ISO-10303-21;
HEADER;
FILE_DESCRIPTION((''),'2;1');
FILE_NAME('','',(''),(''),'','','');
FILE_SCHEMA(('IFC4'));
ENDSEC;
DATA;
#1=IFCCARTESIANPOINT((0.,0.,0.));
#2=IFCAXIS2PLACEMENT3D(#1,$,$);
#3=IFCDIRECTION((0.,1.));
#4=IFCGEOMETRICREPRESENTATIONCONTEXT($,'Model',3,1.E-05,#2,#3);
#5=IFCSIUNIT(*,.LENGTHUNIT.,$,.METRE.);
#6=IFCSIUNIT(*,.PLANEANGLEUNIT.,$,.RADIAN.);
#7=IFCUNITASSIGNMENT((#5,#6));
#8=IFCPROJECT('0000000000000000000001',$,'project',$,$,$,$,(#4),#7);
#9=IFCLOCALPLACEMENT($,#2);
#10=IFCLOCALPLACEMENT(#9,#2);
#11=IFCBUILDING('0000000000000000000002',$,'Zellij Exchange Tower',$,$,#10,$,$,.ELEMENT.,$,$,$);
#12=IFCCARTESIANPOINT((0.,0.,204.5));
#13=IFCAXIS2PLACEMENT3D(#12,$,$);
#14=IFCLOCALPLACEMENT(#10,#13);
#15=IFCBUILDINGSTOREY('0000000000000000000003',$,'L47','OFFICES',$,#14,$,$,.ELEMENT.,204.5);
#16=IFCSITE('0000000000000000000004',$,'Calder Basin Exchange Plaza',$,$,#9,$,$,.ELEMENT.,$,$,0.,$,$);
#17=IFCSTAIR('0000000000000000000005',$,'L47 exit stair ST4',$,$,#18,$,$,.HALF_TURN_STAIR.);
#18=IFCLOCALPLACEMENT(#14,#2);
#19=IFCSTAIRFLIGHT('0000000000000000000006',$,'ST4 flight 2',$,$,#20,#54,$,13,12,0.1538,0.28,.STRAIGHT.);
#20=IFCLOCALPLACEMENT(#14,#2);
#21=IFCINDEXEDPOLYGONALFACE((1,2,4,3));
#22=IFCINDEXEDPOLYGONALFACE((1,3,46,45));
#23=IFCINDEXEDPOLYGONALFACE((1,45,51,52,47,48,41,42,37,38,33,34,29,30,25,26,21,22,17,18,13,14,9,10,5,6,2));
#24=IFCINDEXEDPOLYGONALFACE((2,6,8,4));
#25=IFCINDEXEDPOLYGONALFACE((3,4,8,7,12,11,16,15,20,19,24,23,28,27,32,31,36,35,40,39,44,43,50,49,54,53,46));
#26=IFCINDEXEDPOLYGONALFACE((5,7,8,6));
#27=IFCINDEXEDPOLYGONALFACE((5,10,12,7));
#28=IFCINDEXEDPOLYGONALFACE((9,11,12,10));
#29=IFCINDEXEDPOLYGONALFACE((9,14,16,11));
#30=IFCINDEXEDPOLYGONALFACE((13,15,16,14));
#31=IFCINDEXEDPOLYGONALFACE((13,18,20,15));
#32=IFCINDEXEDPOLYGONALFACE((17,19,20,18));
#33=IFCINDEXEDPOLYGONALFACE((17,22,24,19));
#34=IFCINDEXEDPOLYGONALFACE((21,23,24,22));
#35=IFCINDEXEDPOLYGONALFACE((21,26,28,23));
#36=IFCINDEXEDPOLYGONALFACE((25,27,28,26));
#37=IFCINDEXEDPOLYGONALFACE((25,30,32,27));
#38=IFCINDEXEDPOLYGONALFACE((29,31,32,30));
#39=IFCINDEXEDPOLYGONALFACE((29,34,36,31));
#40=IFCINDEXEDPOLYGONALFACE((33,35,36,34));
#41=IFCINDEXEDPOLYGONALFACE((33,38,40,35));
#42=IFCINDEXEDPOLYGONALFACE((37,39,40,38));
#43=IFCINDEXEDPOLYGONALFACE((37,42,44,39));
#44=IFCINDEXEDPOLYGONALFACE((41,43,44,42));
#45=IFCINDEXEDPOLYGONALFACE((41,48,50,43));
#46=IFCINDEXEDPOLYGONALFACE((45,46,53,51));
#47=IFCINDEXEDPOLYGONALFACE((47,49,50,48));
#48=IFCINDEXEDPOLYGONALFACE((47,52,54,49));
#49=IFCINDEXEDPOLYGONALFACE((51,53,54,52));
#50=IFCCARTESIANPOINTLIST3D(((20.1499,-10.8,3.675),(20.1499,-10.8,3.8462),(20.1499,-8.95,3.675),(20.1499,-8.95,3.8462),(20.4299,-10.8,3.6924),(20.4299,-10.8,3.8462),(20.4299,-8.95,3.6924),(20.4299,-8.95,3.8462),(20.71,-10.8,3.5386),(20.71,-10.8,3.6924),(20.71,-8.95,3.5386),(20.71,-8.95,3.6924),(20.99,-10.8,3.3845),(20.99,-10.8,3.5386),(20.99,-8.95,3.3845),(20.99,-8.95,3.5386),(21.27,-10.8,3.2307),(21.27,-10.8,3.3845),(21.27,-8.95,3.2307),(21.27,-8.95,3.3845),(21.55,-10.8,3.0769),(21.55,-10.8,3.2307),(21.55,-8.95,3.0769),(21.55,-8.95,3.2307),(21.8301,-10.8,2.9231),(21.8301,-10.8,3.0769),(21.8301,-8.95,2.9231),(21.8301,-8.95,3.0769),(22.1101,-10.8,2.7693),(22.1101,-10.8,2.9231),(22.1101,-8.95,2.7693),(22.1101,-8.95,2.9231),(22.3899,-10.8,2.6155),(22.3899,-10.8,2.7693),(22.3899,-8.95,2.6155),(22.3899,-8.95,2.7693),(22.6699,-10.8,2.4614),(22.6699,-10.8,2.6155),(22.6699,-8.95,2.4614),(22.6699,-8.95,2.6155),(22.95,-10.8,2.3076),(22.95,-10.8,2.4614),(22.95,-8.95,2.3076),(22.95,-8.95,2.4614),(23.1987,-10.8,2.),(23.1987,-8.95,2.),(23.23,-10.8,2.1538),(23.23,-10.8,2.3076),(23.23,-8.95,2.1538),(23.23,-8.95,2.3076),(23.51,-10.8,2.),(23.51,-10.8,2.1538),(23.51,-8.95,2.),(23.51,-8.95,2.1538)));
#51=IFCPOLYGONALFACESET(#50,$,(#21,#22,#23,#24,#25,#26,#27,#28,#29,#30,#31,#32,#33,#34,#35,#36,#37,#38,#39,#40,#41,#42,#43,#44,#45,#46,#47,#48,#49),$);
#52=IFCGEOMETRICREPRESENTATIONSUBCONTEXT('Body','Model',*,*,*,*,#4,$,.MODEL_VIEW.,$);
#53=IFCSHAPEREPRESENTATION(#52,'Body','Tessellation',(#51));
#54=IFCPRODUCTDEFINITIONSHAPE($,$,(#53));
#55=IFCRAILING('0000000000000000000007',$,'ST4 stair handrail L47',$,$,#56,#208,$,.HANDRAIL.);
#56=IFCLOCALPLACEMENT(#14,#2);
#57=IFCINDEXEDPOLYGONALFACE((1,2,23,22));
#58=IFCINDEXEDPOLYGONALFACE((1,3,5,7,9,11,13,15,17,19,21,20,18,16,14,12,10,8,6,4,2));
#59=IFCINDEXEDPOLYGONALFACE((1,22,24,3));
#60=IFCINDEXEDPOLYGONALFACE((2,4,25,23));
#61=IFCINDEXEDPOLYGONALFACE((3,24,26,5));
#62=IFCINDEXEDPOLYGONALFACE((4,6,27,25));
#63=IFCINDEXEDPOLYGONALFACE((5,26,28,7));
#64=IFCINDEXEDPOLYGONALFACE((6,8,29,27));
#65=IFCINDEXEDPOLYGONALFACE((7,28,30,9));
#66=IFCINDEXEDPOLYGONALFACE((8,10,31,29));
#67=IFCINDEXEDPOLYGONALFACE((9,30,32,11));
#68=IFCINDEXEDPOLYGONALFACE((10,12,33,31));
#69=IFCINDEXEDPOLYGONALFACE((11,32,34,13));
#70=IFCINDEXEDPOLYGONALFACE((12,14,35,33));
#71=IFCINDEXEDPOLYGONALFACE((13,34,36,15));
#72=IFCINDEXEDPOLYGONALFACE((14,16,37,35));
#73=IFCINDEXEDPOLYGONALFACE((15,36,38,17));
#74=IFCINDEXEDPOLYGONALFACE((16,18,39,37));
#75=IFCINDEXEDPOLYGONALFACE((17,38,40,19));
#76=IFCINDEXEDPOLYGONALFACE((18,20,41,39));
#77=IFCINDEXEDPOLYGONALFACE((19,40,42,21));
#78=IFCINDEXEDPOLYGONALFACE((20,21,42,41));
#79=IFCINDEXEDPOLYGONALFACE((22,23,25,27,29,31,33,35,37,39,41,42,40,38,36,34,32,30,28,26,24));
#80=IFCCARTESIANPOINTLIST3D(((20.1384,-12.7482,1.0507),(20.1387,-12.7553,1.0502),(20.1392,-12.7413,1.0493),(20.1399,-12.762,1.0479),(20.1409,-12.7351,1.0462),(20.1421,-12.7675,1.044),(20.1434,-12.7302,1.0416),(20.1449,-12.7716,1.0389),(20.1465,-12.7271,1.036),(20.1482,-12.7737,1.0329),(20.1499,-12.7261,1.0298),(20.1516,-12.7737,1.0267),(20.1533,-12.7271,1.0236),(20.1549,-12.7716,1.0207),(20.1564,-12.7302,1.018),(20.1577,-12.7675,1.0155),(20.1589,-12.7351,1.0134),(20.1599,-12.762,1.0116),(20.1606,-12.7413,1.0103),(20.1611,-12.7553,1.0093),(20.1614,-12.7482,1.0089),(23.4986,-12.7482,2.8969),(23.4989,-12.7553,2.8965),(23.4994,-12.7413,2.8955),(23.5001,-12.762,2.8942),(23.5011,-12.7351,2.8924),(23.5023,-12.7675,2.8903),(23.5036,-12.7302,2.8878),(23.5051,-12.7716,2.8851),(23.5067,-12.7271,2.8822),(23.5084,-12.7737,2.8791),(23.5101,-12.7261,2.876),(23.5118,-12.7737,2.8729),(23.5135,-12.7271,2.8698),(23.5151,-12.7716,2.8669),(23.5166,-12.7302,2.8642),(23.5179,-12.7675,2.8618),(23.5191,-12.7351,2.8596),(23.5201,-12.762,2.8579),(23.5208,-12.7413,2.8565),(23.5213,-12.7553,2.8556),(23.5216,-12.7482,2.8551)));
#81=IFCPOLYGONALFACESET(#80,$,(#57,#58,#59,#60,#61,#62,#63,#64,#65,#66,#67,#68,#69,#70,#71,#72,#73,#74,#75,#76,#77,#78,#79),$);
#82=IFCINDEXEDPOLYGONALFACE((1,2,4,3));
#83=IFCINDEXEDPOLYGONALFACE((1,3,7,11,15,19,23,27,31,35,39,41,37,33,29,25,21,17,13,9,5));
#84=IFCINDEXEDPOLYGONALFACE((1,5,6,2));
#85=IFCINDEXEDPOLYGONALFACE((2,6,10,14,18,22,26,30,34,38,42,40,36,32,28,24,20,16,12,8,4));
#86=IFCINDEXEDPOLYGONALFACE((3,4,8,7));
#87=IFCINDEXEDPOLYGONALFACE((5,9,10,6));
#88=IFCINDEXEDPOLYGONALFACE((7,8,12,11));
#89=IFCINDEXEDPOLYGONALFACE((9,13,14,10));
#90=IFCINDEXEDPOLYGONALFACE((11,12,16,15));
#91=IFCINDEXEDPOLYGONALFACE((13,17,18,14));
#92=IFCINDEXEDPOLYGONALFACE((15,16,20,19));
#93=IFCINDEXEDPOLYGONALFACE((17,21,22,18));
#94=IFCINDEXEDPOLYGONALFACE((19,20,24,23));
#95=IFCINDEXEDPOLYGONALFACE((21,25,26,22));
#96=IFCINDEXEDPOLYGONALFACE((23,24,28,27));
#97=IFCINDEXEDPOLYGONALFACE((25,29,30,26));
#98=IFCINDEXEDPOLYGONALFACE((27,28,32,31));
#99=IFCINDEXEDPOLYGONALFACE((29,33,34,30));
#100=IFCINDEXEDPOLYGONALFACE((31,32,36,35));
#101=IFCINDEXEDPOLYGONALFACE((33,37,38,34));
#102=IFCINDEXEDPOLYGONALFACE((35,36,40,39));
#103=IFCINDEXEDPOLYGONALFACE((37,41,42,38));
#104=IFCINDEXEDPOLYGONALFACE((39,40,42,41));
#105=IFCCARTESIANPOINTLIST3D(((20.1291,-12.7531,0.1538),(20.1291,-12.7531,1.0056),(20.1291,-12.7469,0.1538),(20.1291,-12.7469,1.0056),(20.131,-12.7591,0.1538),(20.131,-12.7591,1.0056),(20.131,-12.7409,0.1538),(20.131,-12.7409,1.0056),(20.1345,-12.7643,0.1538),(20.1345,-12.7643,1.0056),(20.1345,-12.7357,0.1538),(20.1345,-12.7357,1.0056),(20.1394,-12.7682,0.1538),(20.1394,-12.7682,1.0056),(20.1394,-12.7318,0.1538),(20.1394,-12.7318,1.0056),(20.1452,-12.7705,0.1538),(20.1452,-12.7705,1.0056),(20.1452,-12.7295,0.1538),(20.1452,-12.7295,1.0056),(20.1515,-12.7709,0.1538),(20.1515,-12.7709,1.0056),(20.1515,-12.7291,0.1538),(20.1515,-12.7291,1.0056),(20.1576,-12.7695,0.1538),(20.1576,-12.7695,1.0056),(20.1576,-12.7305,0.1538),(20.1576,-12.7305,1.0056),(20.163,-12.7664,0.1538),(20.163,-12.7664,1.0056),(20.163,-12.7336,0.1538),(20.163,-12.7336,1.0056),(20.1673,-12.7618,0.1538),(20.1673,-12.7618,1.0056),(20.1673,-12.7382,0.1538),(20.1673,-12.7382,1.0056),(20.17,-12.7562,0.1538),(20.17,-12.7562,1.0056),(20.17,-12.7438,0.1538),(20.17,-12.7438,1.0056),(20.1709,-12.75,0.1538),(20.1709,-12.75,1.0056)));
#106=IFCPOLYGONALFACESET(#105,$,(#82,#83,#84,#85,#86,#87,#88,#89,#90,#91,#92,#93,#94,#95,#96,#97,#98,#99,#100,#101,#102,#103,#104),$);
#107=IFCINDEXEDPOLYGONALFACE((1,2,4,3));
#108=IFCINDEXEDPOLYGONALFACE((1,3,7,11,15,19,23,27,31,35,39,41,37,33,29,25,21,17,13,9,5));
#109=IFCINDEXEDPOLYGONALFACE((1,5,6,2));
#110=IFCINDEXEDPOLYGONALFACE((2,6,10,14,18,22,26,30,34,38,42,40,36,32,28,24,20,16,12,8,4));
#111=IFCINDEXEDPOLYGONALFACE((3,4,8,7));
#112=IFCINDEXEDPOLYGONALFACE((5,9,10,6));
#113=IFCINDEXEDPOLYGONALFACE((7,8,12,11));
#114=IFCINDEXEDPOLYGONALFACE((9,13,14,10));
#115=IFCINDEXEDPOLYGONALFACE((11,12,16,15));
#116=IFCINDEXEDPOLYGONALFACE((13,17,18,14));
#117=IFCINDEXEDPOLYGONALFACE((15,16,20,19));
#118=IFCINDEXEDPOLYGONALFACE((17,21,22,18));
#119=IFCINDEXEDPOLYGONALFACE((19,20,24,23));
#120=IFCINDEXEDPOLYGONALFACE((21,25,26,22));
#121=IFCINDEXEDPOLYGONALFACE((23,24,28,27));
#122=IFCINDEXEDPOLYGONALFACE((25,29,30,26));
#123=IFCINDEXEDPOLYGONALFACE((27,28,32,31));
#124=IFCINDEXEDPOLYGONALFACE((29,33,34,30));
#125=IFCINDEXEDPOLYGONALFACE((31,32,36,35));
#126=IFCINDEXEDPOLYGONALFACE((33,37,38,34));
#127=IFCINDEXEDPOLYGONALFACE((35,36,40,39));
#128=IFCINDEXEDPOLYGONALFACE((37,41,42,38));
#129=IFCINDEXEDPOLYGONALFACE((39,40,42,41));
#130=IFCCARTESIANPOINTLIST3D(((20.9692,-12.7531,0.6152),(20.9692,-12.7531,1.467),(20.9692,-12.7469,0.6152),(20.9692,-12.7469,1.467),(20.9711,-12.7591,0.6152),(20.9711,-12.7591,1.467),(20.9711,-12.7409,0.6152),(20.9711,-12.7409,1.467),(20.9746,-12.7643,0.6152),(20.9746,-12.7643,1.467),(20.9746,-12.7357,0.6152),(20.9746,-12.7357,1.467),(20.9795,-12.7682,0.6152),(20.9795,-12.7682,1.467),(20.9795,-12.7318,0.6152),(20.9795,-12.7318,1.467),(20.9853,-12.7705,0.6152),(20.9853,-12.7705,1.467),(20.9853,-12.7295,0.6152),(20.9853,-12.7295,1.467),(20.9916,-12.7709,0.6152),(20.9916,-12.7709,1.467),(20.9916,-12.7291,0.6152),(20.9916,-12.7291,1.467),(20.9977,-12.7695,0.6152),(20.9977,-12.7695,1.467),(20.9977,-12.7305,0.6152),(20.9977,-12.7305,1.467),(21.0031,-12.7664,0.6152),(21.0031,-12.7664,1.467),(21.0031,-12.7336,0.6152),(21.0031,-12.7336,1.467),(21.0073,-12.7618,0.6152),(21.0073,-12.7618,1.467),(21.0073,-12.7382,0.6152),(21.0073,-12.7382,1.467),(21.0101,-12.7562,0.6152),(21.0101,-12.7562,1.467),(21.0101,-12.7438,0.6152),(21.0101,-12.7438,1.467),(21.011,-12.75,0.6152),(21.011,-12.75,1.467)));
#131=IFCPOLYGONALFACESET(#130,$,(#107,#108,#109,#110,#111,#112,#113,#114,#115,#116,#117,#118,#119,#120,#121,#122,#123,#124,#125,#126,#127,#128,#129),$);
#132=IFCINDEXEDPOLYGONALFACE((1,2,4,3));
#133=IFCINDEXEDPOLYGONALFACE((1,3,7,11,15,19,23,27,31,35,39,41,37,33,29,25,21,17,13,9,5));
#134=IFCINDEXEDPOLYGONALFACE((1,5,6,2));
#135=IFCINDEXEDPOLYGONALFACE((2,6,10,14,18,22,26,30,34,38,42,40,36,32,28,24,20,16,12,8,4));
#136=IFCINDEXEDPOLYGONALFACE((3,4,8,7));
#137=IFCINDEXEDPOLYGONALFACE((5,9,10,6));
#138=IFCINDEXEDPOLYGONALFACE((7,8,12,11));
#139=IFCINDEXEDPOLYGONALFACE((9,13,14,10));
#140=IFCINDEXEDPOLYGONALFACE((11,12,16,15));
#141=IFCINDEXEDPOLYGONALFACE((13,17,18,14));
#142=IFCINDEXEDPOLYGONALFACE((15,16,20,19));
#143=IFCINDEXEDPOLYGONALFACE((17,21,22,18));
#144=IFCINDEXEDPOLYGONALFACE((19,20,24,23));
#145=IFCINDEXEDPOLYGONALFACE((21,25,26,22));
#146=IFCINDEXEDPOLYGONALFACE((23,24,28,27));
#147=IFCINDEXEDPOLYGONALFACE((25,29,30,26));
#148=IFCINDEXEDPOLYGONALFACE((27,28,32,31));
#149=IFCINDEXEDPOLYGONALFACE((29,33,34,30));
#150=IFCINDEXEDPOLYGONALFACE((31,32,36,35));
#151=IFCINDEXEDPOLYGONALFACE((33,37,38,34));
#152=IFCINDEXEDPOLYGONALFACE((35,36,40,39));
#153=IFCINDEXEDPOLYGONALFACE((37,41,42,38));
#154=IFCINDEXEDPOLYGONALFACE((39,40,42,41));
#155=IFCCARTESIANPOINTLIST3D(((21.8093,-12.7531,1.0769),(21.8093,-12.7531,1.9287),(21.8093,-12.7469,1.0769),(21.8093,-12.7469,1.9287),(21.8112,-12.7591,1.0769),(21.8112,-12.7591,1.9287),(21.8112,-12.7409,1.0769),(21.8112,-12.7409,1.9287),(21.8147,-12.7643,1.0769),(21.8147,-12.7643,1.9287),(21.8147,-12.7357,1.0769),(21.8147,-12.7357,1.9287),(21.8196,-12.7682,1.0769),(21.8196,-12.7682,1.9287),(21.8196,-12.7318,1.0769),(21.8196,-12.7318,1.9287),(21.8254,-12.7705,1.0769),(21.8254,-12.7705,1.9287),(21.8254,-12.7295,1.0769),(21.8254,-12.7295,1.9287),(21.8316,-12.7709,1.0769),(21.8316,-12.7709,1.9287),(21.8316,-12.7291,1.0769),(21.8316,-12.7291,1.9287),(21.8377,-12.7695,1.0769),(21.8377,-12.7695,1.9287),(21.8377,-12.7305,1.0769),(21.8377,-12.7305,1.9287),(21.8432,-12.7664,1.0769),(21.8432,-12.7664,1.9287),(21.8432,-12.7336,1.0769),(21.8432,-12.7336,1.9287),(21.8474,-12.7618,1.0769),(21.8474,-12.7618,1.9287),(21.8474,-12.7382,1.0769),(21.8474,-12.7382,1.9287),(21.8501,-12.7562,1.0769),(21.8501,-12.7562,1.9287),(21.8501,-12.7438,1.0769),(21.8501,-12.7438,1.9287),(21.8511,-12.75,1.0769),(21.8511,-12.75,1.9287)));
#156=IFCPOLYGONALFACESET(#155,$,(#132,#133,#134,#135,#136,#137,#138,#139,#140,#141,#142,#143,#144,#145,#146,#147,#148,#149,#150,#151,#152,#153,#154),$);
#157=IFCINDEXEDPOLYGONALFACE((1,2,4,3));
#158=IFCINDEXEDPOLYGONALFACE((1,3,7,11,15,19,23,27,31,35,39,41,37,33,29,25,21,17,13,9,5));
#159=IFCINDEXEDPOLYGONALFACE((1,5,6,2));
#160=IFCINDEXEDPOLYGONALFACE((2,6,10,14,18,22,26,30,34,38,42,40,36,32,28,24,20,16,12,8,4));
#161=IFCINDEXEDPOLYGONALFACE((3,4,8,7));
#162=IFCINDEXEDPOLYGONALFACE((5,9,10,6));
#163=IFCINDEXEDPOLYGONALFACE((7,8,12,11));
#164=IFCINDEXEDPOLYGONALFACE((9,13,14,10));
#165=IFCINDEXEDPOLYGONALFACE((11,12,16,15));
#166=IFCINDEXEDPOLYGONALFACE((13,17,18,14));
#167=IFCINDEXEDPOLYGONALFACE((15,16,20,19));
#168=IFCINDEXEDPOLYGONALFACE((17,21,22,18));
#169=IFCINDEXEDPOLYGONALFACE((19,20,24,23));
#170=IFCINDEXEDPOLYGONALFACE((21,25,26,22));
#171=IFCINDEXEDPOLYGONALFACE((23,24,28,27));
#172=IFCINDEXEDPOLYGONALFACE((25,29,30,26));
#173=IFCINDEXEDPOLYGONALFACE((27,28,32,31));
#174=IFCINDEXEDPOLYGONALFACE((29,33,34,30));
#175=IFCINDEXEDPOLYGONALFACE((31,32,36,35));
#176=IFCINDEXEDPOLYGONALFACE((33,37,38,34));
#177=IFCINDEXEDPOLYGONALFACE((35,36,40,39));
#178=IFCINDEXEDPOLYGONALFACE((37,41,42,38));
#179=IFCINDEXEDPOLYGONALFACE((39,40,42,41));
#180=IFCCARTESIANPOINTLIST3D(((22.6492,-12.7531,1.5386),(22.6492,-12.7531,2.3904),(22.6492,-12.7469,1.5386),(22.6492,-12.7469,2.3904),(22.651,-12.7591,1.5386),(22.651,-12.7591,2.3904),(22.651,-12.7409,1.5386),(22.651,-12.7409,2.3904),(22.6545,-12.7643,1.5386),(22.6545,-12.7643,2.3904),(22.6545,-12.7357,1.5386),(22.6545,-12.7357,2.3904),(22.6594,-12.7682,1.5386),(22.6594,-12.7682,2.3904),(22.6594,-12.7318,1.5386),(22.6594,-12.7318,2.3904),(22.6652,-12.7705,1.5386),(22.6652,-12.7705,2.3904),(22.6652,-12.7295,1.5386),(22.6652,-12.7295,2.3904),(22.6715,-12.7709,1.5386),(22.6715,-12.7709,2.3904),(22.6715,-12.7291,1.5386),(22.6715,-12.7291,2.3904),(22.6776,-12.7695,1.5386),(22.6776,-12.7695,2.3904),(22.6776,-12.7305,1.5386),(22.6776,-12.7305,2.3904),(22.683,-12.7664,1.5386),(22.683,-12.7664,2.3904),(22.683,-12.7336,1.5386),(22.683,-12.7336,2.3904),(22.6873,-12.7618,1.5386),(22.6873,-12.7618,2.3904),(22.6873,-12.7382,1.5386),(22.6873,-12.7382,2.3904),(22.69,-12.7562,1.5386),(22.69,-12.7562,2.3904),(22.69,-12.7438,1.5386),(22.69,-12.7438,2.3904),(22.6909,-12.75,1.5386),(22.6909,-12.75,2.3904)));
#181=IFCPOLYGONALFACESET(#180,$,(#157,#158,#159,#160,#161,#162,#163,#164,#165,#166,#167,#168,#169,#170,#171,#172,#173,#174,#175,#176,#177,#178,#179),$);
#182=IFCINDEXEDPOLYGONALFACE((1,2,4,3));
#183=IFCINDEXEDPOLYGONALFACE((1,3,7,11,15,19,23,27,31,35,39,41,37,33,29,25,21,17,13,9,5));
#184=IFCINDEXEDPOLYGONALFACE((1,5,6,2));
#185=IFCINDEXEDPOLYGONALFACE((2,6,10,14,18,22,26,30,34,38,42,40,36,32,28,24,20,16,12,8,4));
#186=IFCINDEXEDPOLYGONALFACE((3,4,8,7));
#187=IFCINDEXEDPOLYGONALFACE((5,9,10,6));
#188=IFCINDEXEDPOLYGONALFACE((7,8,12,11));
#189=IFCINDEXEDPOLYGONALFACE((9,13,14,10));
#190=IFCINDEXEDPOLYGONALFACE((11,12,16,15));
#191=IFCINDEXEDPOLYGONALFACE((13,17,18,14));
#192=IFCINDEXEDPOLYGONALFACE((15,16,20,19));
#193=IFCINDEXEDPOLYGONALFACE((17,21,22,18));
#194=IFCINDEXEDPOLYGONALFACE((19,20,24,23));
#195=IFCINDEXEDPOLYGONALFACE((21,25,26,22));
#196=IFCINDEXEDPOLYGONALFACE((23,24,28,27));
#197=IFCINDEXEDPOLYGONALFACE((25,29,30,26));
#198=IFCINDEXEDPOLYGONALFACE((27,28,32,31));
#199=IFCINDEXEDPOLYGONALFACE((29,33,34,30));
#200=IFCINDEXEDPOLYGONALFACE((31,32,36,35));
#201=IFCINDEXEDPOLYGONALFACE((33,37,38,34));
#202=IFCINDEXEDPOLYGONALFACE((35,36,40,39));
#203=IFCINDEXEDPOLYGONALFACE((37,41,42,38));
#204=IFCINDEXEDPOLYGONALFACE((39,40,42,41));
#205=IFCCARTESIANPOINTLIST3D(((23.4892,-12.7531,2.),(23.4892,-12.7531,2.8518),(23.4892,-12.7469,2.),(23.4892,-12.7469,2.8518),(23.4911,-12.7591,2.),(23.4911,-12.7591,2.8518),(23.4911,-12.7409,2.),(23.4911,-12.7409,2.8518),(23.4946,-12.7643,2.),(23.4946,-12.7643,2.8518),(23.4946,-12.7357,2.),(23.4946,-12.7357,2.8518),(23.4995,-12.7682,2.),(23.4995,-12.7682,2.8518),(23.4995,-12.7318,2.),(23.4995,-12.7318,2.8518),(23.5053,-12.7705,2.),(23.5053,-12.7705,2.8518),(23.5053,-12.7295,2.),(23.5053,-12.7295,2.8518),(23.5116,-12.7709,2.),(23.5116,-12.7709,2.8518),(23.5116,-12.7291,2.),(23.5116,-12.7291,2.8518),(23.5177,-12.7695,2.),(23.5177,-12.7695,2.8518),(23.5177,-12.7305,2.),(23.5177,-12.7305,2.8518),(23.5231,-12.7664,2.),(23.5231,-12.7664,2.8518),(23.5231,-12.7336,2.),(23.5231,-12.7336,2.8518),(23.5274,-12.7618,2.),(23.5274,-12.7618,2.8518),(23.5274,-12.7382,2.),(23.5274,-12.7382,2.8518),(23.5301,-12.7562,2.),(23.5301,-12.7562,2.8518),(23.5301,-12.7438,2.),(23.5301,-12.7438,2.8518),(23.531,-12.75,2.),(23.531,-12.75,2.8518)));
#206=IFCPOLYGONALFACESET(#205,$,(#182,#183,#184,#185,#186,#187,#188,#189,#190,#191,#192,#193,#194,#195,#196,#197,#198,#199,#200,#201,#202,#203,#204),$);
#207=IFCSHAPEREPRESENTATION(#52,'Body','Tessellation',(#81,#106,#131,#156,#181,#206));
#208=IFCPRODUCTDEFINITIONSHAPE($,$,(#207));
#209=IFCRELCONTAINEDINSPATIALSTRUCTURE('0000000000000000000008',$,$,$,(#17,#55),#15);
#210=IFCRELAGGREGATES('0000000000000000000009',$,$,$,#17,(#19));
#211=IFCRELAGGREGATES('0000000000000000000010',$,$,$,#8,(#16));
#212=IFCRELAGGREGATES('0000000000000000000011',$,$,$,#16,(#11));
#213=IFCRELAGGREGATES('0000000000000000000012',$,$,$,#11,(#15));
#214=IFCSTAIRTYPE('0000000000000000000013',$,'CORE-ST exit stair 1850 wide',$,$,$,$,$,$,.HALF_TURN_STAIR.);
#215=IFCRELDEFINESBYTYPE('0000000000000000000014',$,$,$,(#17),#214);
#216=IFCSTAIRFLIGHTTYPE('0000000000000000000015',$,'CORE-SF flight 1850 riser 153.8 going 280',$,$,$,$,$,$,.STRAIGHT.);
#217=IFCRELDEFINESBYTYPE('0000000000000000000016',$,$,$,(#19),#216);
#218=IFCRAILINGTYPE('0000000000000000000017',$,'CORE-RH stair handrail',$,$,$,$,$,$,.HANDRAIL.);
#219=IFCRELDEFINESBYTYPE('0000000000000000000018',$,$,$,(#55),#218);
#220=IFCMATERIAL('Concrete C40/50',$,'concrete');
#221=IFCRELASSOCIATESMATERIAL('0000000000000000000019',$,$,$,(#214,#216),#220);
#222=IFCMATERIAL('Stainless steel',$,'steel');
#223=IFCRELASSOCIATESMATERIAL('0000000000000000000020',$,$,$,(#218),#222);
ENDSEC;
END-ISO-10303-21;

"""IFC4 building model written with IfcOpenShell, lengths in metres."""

from ifc_helpers import new_model, si_unit, direction, frame, origin, origin_2d, place, context, subcontext, project, spatial, polyline, circle, outline, extrude, material, type_object, element, aggregate, save


model = new_model("IFC4")

# Units and contexts
model_context = context("Model", 3, precision=1e-05, world=origin(), true_north=direction((0.0, 1.0)))
body_context = subcontext(model_context, "Body", "Model", "MODEL_VIEW")
ifc_project = project(units=[si_unit("LENGTHUNIT", "METRE"), si_unit("PLANEANGLEUNIT", "RADIAN")], contexts=[model_context])

# Site, building, storey
site_placement = place(None, origin())
site = spatial("IfcSite", under=ifc_project, at=site_placement, Name="Calder Basin Exchange Plaza", CompositionType="ELEMENT", RefElevation=0.0)
building_placement = place(site_placement, origin())
building = spatial("IfcBuilding", under=site, at=building_placement, Name="Zellij Exchange Tower", CompositionType="ELEMENT")
storey_placement = place(building_placement, frame((0.0, 0.0, 204.5)))
storey = spatial("IfcBuildingStorey", under=building, at=storey_placement, Name="L47", Description="OFFICES", CompositionType="ELEMENT", Elevation=204.5)

# Stair, stair flight
ifc_material_1 = material(Name="Concrete C40/50", Category="concrete")
stair_type = type_object("IfcStairType", Name="CORE-ST exit stair 1850 wide", PredefinedType="HALF_TURN_STAIR", material=ifc_material_1)
stair_placement = place(storey_placement, origin())
stair = element("IfcStair", 1, at=stair_placement, inside=storey, type_object=stair_type, Name="L47 exit stair ST4", PredefinedType="HALF_TURN_STAIR")
stair_flight_type = type_object("IfcStairFlightType", Name="CORE-SF flight 1850 riser 153.8 going 280", PredefinedType="STRAIGHT", material=ifc_material_1)
stair_flight_1_placement = place(storey_placement, frame((23.51, -9.875, 2.0), z_axis=(0.0, 0.0, 1.0), x_axis=(-1.0, 0.0, 0.0)))
stair_flight_1 = element("IfcStairFlight", 2, at=stair_flight_1_placement, type_object=stair_flight_type, Name="ST4 flight 2", NumberOfRisers=13, NumberOfTreads=12, PredefinedType="STRAIGHT", RiserHeight=0.1538, TreadLength=0.28, context=body_context, shape_type="SweptSolid", body=[
    extrude(outline(polyline([(0.0, 0.0), (0.0, 0.1538), (0.28, 0.1538), (0.28, 0.3076), (0.5601, 0.3076), (0.5601, 0.4614), (0.8401, 0.4614), (0.8401, 0.6155), (1.1201, 0.6155), (1.1201, 0.7693), (1.3999, 0.7693), (1.3999, 0.9231), (1.6799, 0.9231), (1.6799, 1.0769), (1.96, 1.0769), (1.96, 1.2307), (2.24, 1.2307), (2.24, 1.3845), (2.52, 1.3845), (2.52, 1.5386), (2.8, 1.5386), (2.8, 1.6924), (3.0801, 1.6924), (3.0801, 1.8462), (3.3601, 1.8462), (3.3601, 2.0), (3.3601, 1.675), (0.3113, 0.0), (0.0, 0.0)])), frame((0.0, 0.925, 0.0), z_axis=(0.0, -1.0, 0.0), x_axis=(1.0, 0.0, 0.0)), (0.0, 0.0, 1.0), 1.8501),
])
aggregate(stair, [stair_flight_1])

# Railing
ifc_material_2 = material(Name="Stainless steel", Category="steel")
railing_type_1 = type_object("IfcRailingType", Name="CORE-RH stair handrail", PredefinedType="HANDRAIL", material=ifc_material_2)
railing_1_placement = place(storey_placement, frame((20.1499, -12.75, 0.1538)))
element("IfcRailing", 3, at=railing_1_placement, inside=storey, type_object=railing_type_1, Name="ST4 stair handrail L47", PredefinedType="HANDRAIL", context=body_context, shape_type="SweptSolid", body=[
    extrude(circle(Radius=0.0239, at=origin_2d()), frame((0.0, 0.0, 0.876), z_axis=(0.876422, 0.0, 0.481545), x_axis=(0.0, 1.0, 0.0)), (0.0, 0.0, 1.0), 3.834),
    extrude(circle(Radius=0.021, at=origin_2d()), origin(), (0.0, 0.0, 1.0), 0.8518),
    extrude(circle(Radius=0.021, at=origin_2d()), frame((0.8401, 0.0, 0.4614)), (0.0, 0.0, 1.0), 0.8518),
    extrude(circle(Radius=0.021, at=origin_2d()), frame((1.6802, 0.0, 0.9231)), (0.0, 0.0, 1.0), 0.8518),
    extrude(circle(Radius=0.021, at=origin_2d()), frame((2.52, 0.0, 1.3848)), (0.0, 0.0, 1.0), 0.8518),
    extrude(circle(Radius=0.021, at=origin_2d()), frame((3.3601, 0.0, 1.8462)), (0.0, 0.0, 1.0), 0.8518),
])

save(model, "model.ifc")
